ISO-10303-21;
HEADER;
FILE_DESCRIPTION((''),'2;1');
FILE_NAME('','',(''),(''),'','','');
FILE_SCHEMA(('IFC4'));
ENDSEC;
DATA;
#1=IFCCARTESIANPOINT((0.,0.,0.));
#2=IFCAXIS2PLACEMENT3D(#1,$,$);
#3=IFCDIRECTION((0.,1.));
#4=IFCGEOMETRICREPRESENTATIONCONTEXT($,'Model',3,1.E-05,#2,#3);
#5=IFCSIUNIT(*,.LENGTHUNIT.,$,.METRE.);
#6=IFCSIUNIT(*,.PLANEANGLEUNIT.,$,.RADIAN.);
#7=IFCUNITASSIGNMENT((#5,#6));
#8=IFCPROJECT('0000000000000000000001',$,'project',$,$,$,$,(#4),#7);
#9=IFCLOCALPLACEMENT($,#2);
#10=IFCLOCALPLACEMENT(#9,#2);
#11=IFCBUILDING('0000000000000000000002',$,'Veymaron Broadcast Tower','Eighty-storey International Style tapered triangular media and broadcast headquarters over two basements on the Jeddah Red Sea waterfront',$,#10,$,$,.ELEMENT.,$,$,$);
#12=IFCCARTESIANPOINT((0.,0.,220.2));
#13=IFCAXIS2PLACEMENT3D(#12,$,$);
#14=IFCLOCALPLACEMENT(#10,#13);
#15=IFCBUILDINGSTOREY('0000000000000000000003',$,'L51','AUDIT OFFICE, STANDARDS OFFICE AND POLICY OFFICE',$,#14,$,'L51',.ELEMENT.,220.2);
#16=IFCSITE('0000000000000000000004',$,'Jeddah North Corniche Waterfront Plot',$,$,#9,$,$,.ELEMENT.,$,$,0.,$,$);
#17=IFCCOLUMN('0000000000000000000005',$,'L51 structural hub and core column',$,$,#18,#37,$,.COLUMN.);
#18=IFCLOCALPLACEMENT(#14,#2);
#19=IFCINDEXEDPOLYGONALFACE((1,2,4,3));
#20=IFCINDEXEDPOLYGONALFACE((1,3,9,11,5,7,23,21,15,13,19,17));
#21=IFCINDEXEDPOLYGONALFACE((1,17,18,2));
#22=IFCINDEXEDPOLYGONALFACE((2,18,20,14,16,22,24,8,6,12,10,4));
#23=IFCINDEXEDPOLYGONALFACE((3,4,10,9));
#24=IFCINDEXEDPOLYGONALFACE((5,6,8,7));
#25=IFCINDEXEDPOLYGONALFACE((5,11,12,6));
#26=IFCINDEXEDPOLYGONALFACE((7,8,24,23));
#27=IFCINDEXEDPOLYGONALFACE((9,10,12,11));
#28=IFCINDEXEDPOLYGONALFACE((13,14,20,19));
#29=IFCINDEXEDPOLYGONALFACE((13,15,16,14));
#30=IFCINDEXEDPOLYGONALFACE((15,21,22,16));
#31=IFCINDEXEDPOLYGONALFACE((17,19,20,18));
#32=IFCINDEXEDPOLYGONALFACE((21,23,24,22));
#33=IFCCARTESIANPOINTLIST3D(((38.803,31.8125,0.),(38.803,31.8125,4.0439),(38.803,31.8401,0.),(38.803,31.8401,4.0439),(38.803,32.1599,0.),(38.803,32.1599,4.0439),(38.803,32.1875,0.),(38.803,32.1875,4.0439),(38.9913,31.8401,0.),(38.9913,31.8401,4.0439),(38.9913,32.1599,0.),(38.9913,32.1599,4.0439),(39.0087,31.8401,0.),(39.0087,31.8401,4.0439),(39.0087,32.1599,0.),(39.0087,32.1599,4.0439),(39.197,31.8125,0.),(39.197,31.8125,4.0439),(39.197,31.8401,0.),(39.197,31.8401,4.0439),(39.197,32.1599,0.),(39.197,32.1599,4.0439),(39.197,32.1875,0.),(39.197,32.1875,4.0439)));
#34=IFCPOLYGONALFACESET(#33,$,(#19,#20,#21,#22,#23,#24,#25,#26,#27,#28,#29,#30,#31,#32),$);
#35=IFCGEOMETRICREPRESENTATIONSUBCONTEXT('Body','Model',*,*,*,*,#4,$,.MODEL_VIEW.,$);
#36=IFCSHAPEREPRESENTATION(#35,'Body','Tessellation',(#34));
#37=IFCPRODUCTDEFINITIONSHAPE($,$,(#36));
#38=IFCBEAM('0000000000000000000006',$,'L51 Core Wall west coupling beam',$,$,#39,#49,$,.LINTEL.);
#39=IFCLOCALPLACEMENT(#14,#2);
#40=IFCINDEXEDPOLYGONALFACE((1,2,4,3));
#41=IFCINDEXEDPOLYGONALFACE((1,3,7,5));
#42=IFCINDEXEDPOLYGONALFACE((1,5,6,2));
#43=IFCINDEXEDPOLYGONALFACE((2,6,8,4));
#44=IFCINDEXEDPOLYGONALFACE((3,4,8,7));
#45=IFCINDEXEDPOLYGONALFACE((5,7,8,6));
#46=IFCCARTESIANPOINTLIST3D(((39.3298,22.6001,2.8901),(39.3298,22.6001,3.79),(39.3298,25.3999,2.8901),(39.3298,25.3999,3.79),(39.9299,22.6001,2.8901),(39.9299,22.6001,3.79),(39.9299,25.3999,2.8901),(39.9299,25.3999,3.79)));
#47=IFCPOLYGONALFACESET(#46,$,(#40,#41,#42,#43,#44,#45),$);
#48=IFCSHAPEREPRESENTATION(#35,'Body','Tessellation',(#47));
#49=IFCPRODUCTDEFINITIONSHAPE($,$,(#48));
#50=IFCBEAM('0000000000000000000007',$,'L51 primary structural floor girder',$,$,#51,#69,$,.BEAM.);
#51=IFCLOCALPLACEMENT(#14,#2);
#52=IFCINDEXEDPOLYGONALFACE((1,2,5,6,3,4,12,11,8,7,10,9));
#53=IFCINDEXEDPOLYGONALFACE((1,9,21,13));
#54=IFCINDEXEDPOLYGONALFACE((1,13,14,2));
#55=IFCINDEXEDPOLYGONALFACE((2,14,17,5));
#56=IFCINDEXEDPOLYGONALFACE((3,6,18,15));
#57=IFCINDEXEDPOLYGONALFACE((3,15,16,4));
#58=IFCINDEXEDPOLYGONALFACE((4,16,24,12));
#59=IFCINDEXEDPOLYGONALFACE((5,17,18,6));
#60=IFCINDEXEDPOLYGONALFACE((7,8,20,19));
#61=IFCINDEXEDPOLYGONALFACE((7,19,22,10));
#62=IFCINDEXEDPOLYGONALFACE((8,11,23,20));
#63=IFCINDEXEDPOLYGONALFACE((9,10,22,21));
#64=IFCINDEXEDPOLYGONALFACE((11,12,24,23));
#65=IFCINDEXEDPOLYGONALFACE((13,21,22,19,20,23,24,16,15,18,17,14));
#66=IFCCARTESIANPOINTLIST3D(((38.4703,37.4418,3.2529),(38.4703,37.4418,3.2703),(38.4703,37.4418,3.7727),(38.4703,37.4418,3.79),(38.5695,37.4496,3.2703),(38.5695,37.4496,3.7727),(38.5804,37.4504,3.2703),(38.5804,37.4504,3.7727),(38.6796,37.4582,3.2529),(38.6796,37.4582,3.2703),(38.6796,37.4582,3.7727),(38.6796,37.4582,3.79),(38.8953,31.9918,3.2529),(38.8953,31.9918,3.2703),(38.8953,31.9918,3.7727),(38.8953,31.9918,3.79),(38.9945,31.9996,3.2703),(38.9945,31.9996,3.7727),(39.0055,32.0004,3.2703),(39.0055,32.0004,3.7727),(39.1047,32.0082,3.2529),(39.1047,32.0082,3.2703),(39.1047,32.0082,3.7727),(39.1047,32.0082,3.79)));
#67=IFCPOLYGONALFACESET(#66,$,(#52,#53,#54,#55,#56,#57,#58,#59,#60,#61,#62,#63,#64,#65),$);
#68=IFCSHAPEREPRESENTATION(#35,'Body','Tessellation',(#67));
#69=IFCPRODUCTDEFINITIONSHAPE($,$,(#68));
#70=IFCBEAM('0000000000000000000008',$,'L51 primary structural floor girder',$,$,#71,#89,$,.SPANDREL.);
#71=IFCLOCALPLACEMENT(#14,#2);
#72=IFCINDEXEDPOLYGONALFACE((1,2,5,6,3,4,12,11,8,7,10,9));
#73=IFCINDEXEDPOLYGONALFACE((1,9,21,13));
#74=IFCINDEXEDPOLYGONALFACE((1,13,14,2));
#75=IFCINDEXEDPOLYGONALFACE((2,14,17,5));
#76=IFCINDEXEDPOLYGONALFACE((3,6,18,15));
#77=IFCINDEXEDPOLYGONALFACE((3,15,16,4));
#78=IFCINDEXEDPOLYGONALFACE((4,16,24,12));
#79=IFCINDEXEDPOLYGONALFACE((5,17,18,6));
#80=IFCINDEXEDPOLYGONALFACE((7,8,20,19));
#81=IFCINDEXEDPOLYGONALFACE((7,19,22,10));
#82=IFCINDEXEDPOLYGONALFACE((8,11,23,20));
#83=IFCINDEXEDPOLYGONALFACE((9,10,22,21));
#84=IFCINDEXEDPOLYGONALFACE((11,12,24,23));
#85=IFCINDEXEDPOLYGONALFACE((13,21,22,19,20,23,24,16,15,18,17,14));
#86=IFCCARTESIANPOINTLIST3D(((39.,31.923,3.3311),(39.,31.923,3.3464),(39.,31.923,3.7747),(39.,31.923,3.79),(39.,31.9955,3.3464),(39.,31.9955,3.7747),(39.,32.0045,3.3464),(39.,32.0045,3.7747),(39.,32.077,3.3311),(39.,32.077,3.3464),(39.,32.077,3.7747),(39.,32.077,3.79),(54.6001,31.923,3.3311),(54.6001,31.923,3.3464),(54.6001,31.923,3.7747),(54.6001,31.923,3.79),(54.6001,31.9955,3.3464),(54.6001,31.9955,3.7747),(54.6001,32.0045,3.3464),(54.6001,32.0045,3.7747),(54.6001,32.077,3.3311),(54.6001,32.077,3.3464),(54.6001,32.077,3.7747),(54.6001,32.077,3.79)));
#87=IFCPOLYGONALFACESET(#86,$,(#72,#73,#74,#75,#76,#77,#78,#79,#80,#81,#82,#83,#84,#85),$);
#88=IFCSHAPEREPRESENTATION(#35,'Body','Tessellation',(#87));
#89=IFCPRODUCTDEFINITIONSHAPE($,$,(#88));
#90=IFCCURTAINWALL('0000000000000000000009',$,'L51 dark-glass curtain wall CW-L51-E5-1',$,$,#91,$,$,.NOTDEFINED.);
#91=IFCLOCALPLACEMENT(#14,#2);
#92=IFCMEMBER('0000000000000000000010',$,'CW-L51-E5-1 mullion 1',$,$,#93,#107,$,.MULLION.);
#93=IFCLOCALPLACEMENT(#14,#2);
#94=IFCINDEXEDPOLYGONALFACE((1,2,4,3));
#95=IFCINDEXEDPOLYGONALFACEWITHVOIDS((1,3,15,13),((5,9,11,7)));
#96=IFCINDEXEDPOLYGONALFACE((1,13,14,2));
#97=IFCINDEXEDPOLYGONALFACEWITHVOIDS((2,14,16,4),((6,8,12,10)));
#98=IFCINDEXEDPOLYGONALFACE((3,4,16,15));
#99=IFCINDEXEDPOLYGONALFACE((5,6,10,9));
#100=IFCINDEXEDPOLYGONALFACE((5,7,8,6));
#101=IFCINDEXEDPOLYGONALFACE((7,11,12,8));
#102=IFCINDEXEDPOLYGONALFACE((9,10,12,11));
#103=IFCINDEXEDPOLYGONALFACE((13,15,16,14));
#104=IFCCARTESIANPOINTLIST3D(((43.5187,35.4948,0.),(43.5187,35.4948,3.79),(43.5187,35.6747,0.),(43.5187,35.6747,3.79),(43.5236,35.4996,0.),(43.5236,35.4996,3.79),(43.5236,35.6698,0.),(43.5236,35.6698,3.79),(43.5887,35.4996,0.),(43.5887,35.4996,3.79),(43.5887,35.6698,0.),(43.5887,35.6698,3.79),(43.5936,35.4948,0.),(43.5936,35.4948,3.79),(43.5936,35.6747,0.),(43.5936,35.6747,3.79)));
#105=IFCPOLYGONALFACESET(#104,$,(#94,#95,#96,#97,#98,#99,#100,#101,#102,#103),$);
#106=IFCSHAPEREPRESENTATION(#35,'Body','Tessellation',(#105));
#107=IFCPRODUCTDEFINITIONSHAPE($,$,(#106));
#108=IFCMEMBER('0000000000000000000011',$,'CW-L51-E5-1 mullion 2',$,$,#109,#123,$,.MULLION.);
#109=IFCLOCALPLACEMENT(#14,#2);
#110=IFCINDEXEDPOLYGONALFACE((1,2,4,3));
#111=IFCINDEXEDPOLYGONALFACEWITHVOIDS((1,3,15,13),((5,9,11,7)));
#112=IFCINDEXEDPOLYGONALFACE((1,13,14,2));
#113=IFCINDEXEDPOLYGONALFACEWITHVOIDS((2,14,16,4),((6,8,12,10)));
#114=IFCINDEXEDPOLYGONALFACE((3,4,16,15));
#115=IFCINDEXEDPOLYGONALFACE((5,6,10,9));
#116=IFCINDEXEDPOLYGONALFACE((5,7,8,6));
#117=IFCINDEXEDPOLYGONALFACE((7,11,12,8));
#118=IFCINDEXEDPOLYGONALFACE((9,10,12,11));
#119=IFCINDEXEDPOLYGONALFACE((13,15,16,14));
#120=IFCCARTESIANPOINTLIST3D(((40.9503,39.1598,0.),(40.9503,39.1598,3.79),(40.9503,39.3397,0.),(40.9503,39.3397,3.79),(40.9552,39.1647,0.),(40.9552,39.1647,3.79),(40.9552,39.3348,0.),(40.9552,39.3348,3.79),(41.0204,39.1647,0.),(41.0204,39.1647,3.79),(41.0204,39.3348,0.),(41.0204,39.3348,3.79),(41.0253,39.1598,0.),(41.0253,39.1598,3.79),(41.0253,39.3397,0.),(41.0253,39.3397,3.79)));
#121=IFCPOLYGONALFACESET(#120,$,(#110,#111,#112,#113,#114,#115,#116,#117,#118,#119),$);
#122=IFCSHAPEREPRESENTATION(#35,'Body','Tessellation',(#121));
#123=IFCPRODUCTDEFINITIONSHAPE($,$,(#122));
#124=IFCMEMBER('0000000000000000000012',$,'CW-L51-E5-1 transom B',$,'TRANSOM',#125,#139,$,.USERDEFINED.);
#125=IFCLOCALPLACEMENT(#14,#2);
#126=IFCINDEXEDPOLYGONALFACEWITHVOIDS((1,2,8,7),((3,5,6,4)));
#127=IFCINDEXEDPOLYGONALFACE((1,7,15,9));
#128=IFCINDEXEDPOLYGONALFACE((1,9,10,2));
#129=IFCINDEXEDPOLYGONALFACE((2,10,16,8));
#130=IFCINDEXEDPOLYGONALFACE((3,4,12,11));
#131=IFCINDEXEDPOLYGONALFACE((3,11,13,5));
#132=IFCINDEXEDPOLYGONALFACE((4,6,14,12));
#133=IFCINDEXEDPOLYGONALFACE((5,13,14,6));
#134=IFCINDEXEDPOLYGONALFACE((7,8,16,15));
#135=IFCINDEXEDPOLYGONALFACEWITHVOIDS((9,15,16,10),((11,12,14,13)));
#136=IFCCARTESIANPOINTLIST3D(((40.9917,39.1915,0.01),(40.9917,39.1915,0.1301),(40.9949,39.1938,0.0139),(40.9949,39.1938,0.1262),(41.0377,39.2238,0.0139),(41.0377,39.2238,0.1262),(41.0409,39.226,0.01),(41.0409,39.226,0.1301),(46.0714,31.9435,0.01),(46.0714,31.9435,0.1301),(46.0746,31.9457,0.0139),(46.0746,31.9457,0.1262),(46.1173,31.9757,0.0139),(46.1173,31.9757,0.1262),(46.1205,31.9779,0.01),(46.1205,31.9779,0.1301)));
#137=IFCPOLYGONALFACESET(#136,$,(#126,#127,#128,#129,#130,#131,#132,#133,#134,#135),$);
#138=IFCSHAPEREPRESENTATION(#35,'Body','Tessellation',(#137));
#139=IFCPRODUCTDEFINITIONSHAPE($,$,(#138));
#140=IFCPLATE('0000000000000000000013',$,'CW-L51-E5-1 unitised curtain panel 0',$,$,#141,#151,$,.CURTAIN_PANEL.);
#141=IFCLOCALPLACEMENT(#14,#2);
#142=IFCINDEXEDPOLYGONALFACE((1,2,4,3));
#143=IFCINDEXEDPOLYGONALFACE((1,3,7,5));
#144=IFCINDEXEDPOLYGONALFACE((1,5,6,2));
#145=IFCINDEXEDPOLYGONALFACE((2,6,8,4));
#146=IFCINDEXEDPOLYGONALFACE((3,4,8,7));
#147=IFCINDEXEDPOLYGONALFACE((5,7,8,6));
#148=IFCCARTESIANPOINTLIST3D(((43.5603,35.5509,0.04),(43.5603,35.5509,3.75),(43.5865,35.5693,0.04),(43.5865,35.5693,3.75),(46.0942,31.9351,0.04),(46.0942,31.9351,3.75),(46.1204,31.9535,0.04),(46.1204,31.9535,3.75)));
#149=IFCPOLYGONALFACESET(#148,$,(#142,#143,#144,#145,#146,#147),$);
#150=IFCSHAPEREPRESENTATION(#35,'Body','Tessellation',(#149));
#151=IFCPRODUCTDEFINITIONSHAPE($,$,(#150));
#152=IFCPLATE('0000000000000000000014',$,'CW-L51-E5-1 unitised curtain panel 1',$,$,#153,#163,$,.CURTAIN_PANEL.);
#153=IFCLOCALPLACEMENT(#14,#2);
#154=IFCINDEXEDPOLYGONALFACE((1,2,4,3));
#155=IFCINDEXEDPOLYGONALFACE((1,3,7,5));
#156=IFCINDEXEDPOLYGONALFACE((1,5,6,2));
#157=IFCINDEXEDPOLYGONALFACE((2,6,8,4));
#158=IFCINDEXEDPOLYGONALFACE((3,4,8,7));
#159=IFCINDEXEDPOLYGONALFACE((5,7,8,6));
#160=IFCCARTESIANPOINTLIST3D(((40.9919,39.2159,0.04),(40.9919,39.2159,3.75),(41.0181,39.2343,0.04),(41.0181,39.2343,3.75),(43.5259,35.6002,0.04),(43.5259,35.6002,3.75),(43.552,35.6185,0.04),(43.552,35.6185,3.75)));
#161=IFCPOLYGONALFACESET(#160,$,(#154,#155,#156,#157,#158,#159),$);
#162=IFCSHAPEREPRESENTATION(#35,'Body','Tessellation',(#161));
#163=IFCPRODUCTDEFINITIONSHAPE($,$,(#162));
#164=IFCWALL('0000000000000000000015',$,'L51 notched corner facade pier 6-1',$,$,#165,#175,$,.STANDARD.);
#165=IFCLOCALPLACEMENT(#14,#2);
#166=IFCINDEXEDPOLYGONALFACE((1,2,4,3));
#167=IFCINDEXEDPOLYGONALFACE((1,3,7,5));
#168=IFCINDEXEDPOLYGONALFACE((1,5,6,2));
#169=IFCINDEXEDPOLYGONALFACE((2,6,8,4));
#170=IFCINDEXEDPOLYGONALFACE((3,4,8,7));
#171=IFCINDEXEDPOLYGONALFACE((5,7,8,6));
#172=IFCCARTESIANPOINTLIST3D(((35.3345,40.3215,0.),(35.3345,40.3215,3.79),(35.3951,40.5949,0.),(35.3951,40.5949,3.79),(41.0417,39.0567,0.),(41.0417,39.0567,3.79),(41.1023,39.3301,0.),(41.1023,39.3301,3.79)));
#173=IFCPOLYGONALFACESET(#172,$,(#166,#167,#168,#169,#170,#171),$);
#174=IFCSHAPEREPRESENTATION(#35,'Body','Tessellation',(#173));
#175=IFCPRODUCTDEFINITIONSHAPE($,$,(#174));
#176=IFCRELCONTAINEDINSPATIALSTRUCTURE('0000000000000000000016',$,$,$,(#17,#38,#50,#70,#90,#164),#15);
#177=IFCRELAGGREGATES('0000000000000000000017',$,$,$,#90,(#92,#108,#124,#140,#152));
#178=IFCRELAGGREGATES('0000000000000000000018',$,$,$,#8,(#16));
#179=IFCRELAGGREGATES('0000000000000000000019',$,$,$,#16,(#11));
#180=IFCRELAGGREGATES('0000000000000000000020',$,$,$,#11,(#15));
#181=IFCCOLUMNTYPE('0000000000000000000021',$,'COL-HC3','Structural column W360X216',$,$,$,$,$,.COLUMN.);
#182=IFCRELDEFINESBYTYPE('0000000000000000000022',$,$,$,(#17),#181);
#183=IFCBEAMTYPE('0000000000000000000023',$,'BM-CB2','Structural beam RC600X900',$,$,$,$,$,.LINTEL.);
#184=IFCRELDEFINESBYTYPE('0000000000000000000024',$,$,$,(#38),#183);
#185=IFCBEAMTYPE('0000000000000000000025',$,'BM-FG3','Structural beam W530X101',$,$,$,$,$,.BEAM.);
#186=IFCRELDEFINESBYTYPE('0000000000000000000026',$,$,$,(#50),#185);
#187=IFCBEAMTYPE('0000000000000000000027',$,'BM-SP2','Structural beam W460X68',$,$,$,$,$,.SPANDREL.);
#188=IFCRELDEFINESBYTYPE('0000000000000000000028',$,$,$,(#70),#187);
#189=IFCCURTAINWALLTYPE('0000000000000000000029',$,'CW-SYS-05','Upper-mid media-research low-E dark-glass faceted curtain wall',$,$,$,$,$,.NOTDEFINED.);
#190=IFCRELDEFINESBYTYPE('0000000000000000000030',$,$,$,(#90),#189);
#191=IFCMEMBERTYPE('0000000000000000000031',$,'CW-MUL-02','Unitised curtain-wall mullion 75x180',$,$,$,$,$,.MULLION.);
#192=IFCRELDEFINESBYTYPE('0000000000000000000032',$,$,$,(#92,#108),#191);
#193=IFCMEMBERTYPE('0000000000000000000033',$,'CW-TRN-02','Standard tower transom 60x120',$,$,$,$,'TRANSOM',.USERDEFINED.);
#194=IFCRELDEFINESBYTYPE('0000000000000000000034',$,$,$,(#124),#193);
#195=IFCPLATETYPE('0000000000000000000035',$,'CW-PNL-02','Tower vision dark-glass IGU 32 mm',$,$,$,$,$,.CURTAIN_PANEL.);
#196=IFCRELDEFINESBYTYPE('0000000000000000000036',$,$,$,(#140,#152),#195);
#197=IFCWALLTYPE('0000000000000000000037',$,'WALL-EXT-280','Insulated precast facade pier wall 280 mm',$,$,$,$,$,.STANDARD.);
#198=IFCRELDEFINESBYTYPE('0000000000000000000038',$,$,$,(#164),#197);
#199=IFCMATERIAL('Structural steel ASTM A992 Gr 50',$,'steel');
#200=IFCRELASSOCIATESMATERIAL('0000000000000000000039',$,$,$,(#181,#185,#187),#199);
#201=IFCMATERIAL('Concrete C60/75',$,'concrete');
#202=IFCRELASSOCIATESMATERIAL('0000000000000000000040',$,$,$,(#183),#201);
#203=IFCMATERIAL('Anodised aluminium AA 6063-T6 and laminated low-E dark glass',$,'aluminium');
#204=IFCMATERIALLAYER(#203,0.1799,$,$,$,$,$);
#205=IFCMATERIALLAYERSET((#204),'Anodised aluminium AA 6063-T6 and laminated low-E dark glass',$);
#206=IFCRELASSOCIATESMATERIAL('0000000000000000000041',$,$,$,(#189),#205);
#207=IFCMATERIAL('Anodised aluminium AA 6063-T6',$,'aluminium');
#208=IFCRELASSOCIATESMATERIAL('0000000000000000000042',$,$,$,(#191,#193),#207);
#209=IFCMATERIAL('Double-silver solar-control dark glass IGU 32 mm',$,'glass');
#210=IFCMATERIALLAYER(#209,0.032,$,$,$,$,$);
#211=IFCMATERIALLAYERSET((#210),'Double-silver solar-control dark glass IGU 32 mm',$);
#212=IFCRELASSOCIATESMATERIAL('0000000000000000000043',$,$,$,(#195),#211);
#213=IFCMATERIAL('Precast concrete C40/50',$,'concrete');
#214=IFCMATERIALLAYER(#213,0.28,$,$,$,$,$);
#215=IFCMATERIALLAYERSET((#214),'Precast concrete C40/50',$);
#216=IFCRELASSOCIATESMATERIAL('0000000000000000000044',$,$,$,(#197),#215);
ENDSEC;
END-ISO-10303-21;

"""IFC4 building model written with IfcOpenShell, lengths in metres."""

from ifc_helpers import new_model, si_unit, direction, frame, frame_2d, origin, origin_2d, place, context, subcontext, project, spatial, rectangle, hollow_rectangle, i_section, extrude, material, layer, layer_set, material_profile, profile_set, type_object, element, aggregate, save


model = new_model("IFC4")

# Units and contexts
model_context = context("Model", 3, precision=1e-05, world=origin(), true_north=direction((0.0, 1.0)))
body_context = subcontext(model_context, "Body", "Model", "MODEL_VIEW")
ifc_project = project(units=[si_unit("LENGTHUNIT", "METRE"), si_unit("PLANEANGLEUNIT", "RADIAN")], contexts=[model_context])

# Site, building, storey
site_placement = place(None, origin())
site = spatial("IfcSite", under=ifc_project, at=site_placement, Name="Jeddah North Corniche Waterfront Plot", CompositionType="ELEMENT", RefElevation=0.0)
building_placement = place(site_placement, origin())
building = spatial("IfcBuilding", under=site, at=building_placement, Name="Veymaron Broadcast Tower", Description="Eighty-storey International Style tapered triangular media and broadcast headquarters over two basements on the Jeddah Red Sea waterfront", CompositionType="ELEMENT")
storey_placement = place(building_placement, frame((0.0, 0.0, 220.2)))
storey = spatial("IfcBuildingStorey", under=building, at=storey_placement, Name="L51", Description="AUDIT OFFICE, STANDARDS OFFICE AND POLICY OFFICE", LongName="L51", CompositionType="ELEMENT", Elevation=220.2)

# Column
ifc_material_1 = material(Name="Structural steel ASTM A992 Gr 50", Category="steel")
ifc_material_profile_1 = material_profile(ifc_material_1, i_section(OverallWidth=0.394, OverallDepth=0.375, WebThickness=0.0173, FlangeThickness=0.0276, at=origin_2d()), Name="W360X216")
ifc_profile_set_1 = profile_set([ifc_material_profile_1], Name="Structural steel ASTM A992 Gr 50")
column_type = type_object("IfcColumnType", Name="COL-HC3", Description="Structural column W360X216", PredefinedType="COLUMN", material=ifc_profile_set_1)
column_placement = place(storey_placement, frame((39.0, 32.0, 0.0), z_axis=(0.0, 0.0, 1.0), x_axis=(1.0, 0.0, 0.0)))
element("IfcColumn", 1, at=column_placement, inside=storey, type_object=column_type, Name="L51 structural hub and core column", PredefinedType="COLUMN", context=body_context, shape_type="SweptSolid", body=[
    extrude(i_section(OverallWidth=0.394, OverallDepth=0.375, WebThickness=0.0173, FlangeThickness=0.0276, at=origin_2d()), origin(), (0.0, 0.0, 1.0), 4.0439),
])

# Beams
ifc_material_2 = material(Name="Concrete C60/75", Category="concrete")
ifc_material_profile_2 = material_profile(ifc_material_2, rectangle(XDim=0.6001, YDim=0.8999, at=origin_2d()), Name="RC600X900")
ifc_profile_set_2 = profile_set([ifc_material_profile_2], Name="Concrete C60/75")
beam_type_1 = type_object("IfcBeamType", Name="BM-CB2", Description="Structural beam RC600X900", PredefinedType="LINTEL", material=ifc_profile_set_2)
beam_1_placement = place(storey_placement, frame((39.6299, 22.6001, 3.3401), z_axis=(0.0, 1.0, 0.0), x_axis=(-1.0, 0.0, 0.0)))
element("IfcBeam", 2, at=beam_1_placement, inside=storey, type_object=beam_type_1, Name="L51 Core Wall west coupling beam", PredefinedType="LINTEL", context=body_context, shape_type="SweptSolid", body=[
    extrude(rectangle(XDim=0.6001, YDim=0.8999, at=origin_2d()), origin(), (0.0, 0.0, 1.0), 2.7998),
])
ifc_material_profile_3 = material_profile(ifc_material_1, i_section(OverallWidth=0.21, OverallDepth=0.5371, WebThickness=0.011, FlangeThickness=0.0173, at=origin_2d()), Name="W530X101")
ifc_profile_set_3 = profile_set([ifc_material_profile_3], Name="Structural steel ASTM A992 Gr 50")
beam_type_2 = type_object("IfcBeamType", Name="BM-FG3", Description="Structural beam W530X101", PredefinedType="BEAM", material=ifc_profile_set_3)
beam_2_placement = place(storey_placement, frame((39.0, 32.0, 3.5215), z_axis=(-0.077755, 0.996972, 0.0), x_axis=(-0.996972, -0.077755, 0.0)))
element("IfcBeam", 3, at=beam_2_placement, inside=storey, type_object=beam_type_2, Name="L51 primary structural floor girder", PredefinedType="BEAM", context=body_context, shape_type="SweptSolid", body=[
    extrude(i_section(OverallWidth=0.21, OverallDepth=0.5371, WebThickness=0.011, FlangeThickness=0.0173, at=origin_2d()), origin(), (0.0, 0.0, 1.0), 5.4666),
])
ifc_material_profile_4 = material_profile(ifc_material_1, i_section(OverallWidth=0.1541, OverallDepth=0.459, WebThickness=0.009, FlangeThickness=0.0154, at=origin_2d()), Name="W460X68")
ifc_profile_set_4 = profile_set([ifc_material_profile_4], Name="Structural steel ASTM A992 Gr 50")
beam_type_3 = type_object("IfcBeamType", Name="BM-SP2", Description="Structural beam W460X68", PredefinedType="SPANDREL", material=ifc_profile_set_4)
beam_3_placement = place(storey_placement, frame((39.0, 32.0, 3.5605), z_axis=(1.0, 0.0, 0.0), x_axis=(0.0, 1.0, 0.0)))
element("IfcBeam", 4, at=beam_3_placement, inside=storey, type_object=beam_type_3, Name="L51 primary structural floor girder", PredefinedType="SPANDREL", context=body_context, shape_type="SweptSolid", body=[
    extrude(i_section(OverallWidth=0.1541, OverallDepth=0.459, WebThickness=0.009, FlangeThickness=0.0154, at=origin_2d()), origin(), (0.0, 0.0, 1.0), 15.6001),
])

# Curtain wall, members, plates
ifc_material_3 = material(Name="Anodised aluminium AA 6063-T6 and laminated low-E dark glass", Category="aluminium")
ifc_layer_1 = layer(ifc_material_3, 0.1799)
ifc_layer_set_1 = layer_set([ifc_layer_1], Name="Anodised aluminium AA 6063-T6 and laminated low-E dark glass")
curtain_wall_type = type_object("IfcCurtainWallType", Name="CW-SYS-05", Description="Upper-mid media-research low-E dark-glass faceted curtain wall", PredefinedType="NOTDEFINED", material=ifc_layer_set_1)
curtain_wall_placement = place(storey_placement, origin())
curtain_wall = element("IfcCurtainWall", 5, at=curtain_wall_placement, inside=storey, type_object=curtain_wall_type, Name="L51 dark-glass curtain wall CW-L51-E5-1", PredefinedType="NOTDEFINED")
ifc_material_4 = material(Name="Anodised aluminium AA 6063-T6", Category="aluminium")
ifc_material_profile_5 = material_profile(ifc_material_4, hollow_rectangle(XDim=0.075, YDim=0.1799, WallThickness=0.0049, at=origin_2d()), Name="AL180X75X5")
ifc_profile_set_5 = profile_set([ifc_material_profile_5], Name="Anodised aluminium AA 6063-T6")
member_type_1 = type_object("IfcMemberType", Name="CW-MUL-02", Description="Unitised curtain-wall mullion 75x180", PredefinedType="MULLION", material=ifc_profile_set_5)
member_1_placement = place(storey_placement, frame((43.5562, 35.5847, 0.0), z_axis=(0.0, 0.0, 1.0), x_axis=(1.0, 0.0, 0.0)))
member_1 = element("IfcMember", 6, at=member_1_placement, type_object=member_type_1, Name="CW-L51-E5-1 mullion 1", PredefinedType="MULLION", context=body_context, shape_type="SweptSolid", body=[
    extrude(hollow_rectangle(XDim=0.075, YDim=0.1799, WallThickness=0.0049, at=origin_2d()), origin(), (0.0, 0.0, 1.0), 3.79),
])
member_2_placement = place(storey_placement, frame((40.9878, 39.2498, 0.0), z_axis=(0.0, 0.0, 1.0), x_axis=(1.0, 0.0, 0.0)))
member_2 = element("IfcMember", 7, at=member_2_placement, type_object=member_type_1, Name="CW-L51-E5-1 mullion 2", PredefinedType="MULLION", context=body_context, shape_type="SweptSolid", body=[
    extrude(hollow_rectangle(XDim=0.075, YDim=0.1799, WallThickness=0.0049, at=origin_2d()), origin(), (0.0, 0.0, 1.0), 3.79),
])
ifc_material_profile_6 = material_profile(ifc_material_4, hollow_rectangle(XDim=0.0601, YDim=0.1201, WallThickness=0.0039, at=origin_2d()), Name="AL120X60X4")
ifc_profile_set_6 = profile_set([ifc_material_profile_6], Name="Anodised aluminium AA 6063-T6")
member_type_2 = type_object("IfcMemberType", Name="CW-TRN-02", Description="Standard tower transom 60x120", ElementType="TRANSOM", PredefinedType="USERDEFINED", material=ifc_profile_set_6)
member_3_placement = place(storey_placement, frame((46.0959, 31.9607, 0.0701), z_axis=(-0.573914, 0.818916, 0.0), x_axis=(-0.818916, -0.573914, 0.0)))
member_3 = element("IfcMember", 8, at=member_3_placement, type_object=member_type_2, Name="CW-L51-E5-1 transom B", ObjectType="TRANSOM", PredefinedType="USERDEFINED", context=body_context, shape_type="SweptSolid", body=[
    extrude(hollow_rectangle(XDim=0.0601, YDim=0.1201, WallThickness=0.0039, at=origin_2d()), origin(), (0.0, 0.0, 1.0), 8.8508),
])
ifc_material_5 = material(Name="Double-silver solar-control dark glass IGU 32 mm", Category="glass")
ifc_layer_2 = layer(ifc_material_5, 0.032)
ifc_layer_set_2 = layer_set([ifc_layer_2], Name="Double-silver solar-control dark glass IGU 32 mm")
plate_type = type_object("IfcPlateType", Name="CW-PNL-02", Description="Tower vision dark-glass IGU 32 mm", PredefinedType="CURTAIN_PANEL", material=ifc_layer_set_2)
plate_1_placement = place(storey_placement, frame((44.8403, 33.7522, 0.04), z_axis=(0.0, 0.0, 1.0), x_axis=(-0.573905, 0.818922, 0.0)))
plate_1 = element("IfcPlate", 9, at=plate_1_placement, type_object=plate_type, Name="CW-L51-E5-1 unitised curtain panel 0", PredefinedType="CURTAIN_PANEL", context=body_context, shape_type="SweptSolid", body=[
    extrude(rectangle(XDim=4.4153, YDim=0.032, at=origin_2d()), origin(), (0.0, 0.0, 1.0), 3.71),
])
plate_2_placement = place(storey_placement, frame((42.272, 37.4172, 0.04), z_axis=(0.0, 0.0, 1.0), x_axis=(-0.573905, 0.818922, 0.0)))
plate_2 = element("IfcPlate", 10, at=plate_2_placement, type_object=plate_type, Name="CW-L51-E5-1 unitised curtain panel 1", PredefinedType="CURTAIN_PANEL", context=body_context, shape_type="SweptSolid", body=[
    extrude(rectangle(XDim=4.4153, YDim=0.032, at=origin_2d()), origin(), (0.0, 0.0, 1.0), 3.71),
])
aggregate(curtain_wall, [member_1, member_2, member_3, plate_1, plate_2])

# Wall
ifc_material_6 = material(Name="Precast concrete C40/50", Category="concrete")
ifc_layer_3 = layer(ifc_material_6, 0.28)
ifc_layer_set_3 = layer_set([ifc_layer_3], Name="Precast concrete C40/50")
wall_type_1 = type_object("IfcWallType", Name="WALL-EXT-280", Description="Insulated precast facade pier wall 280 mm", PredefinedType="STANDARD", material=ifc_layer_set_3)
wall_1_placement = place(storey_placement, frame((41.072, 39.1934, 0.0), z_axis=(0.0, 0.0, 1.0), x_axis=(-0.97631, 0.216378, 0.0)))
element("IfcWall", 11, at=wall_1_placement, inside=storey, type_object=wall_type_1, Name="L51 notched corner facade pier 6-1", PredefinedType="STANDARD", context=body_context, shape_type="SweptSolid", body=[
    extrude(rectangle(XDim=5.8457, YDim=0.28, at=frame_2d((2.9229, 0.0))), origin(), (0.0, 0.0, 1.0), 3.79),
])

save(model, "model.ifc")
